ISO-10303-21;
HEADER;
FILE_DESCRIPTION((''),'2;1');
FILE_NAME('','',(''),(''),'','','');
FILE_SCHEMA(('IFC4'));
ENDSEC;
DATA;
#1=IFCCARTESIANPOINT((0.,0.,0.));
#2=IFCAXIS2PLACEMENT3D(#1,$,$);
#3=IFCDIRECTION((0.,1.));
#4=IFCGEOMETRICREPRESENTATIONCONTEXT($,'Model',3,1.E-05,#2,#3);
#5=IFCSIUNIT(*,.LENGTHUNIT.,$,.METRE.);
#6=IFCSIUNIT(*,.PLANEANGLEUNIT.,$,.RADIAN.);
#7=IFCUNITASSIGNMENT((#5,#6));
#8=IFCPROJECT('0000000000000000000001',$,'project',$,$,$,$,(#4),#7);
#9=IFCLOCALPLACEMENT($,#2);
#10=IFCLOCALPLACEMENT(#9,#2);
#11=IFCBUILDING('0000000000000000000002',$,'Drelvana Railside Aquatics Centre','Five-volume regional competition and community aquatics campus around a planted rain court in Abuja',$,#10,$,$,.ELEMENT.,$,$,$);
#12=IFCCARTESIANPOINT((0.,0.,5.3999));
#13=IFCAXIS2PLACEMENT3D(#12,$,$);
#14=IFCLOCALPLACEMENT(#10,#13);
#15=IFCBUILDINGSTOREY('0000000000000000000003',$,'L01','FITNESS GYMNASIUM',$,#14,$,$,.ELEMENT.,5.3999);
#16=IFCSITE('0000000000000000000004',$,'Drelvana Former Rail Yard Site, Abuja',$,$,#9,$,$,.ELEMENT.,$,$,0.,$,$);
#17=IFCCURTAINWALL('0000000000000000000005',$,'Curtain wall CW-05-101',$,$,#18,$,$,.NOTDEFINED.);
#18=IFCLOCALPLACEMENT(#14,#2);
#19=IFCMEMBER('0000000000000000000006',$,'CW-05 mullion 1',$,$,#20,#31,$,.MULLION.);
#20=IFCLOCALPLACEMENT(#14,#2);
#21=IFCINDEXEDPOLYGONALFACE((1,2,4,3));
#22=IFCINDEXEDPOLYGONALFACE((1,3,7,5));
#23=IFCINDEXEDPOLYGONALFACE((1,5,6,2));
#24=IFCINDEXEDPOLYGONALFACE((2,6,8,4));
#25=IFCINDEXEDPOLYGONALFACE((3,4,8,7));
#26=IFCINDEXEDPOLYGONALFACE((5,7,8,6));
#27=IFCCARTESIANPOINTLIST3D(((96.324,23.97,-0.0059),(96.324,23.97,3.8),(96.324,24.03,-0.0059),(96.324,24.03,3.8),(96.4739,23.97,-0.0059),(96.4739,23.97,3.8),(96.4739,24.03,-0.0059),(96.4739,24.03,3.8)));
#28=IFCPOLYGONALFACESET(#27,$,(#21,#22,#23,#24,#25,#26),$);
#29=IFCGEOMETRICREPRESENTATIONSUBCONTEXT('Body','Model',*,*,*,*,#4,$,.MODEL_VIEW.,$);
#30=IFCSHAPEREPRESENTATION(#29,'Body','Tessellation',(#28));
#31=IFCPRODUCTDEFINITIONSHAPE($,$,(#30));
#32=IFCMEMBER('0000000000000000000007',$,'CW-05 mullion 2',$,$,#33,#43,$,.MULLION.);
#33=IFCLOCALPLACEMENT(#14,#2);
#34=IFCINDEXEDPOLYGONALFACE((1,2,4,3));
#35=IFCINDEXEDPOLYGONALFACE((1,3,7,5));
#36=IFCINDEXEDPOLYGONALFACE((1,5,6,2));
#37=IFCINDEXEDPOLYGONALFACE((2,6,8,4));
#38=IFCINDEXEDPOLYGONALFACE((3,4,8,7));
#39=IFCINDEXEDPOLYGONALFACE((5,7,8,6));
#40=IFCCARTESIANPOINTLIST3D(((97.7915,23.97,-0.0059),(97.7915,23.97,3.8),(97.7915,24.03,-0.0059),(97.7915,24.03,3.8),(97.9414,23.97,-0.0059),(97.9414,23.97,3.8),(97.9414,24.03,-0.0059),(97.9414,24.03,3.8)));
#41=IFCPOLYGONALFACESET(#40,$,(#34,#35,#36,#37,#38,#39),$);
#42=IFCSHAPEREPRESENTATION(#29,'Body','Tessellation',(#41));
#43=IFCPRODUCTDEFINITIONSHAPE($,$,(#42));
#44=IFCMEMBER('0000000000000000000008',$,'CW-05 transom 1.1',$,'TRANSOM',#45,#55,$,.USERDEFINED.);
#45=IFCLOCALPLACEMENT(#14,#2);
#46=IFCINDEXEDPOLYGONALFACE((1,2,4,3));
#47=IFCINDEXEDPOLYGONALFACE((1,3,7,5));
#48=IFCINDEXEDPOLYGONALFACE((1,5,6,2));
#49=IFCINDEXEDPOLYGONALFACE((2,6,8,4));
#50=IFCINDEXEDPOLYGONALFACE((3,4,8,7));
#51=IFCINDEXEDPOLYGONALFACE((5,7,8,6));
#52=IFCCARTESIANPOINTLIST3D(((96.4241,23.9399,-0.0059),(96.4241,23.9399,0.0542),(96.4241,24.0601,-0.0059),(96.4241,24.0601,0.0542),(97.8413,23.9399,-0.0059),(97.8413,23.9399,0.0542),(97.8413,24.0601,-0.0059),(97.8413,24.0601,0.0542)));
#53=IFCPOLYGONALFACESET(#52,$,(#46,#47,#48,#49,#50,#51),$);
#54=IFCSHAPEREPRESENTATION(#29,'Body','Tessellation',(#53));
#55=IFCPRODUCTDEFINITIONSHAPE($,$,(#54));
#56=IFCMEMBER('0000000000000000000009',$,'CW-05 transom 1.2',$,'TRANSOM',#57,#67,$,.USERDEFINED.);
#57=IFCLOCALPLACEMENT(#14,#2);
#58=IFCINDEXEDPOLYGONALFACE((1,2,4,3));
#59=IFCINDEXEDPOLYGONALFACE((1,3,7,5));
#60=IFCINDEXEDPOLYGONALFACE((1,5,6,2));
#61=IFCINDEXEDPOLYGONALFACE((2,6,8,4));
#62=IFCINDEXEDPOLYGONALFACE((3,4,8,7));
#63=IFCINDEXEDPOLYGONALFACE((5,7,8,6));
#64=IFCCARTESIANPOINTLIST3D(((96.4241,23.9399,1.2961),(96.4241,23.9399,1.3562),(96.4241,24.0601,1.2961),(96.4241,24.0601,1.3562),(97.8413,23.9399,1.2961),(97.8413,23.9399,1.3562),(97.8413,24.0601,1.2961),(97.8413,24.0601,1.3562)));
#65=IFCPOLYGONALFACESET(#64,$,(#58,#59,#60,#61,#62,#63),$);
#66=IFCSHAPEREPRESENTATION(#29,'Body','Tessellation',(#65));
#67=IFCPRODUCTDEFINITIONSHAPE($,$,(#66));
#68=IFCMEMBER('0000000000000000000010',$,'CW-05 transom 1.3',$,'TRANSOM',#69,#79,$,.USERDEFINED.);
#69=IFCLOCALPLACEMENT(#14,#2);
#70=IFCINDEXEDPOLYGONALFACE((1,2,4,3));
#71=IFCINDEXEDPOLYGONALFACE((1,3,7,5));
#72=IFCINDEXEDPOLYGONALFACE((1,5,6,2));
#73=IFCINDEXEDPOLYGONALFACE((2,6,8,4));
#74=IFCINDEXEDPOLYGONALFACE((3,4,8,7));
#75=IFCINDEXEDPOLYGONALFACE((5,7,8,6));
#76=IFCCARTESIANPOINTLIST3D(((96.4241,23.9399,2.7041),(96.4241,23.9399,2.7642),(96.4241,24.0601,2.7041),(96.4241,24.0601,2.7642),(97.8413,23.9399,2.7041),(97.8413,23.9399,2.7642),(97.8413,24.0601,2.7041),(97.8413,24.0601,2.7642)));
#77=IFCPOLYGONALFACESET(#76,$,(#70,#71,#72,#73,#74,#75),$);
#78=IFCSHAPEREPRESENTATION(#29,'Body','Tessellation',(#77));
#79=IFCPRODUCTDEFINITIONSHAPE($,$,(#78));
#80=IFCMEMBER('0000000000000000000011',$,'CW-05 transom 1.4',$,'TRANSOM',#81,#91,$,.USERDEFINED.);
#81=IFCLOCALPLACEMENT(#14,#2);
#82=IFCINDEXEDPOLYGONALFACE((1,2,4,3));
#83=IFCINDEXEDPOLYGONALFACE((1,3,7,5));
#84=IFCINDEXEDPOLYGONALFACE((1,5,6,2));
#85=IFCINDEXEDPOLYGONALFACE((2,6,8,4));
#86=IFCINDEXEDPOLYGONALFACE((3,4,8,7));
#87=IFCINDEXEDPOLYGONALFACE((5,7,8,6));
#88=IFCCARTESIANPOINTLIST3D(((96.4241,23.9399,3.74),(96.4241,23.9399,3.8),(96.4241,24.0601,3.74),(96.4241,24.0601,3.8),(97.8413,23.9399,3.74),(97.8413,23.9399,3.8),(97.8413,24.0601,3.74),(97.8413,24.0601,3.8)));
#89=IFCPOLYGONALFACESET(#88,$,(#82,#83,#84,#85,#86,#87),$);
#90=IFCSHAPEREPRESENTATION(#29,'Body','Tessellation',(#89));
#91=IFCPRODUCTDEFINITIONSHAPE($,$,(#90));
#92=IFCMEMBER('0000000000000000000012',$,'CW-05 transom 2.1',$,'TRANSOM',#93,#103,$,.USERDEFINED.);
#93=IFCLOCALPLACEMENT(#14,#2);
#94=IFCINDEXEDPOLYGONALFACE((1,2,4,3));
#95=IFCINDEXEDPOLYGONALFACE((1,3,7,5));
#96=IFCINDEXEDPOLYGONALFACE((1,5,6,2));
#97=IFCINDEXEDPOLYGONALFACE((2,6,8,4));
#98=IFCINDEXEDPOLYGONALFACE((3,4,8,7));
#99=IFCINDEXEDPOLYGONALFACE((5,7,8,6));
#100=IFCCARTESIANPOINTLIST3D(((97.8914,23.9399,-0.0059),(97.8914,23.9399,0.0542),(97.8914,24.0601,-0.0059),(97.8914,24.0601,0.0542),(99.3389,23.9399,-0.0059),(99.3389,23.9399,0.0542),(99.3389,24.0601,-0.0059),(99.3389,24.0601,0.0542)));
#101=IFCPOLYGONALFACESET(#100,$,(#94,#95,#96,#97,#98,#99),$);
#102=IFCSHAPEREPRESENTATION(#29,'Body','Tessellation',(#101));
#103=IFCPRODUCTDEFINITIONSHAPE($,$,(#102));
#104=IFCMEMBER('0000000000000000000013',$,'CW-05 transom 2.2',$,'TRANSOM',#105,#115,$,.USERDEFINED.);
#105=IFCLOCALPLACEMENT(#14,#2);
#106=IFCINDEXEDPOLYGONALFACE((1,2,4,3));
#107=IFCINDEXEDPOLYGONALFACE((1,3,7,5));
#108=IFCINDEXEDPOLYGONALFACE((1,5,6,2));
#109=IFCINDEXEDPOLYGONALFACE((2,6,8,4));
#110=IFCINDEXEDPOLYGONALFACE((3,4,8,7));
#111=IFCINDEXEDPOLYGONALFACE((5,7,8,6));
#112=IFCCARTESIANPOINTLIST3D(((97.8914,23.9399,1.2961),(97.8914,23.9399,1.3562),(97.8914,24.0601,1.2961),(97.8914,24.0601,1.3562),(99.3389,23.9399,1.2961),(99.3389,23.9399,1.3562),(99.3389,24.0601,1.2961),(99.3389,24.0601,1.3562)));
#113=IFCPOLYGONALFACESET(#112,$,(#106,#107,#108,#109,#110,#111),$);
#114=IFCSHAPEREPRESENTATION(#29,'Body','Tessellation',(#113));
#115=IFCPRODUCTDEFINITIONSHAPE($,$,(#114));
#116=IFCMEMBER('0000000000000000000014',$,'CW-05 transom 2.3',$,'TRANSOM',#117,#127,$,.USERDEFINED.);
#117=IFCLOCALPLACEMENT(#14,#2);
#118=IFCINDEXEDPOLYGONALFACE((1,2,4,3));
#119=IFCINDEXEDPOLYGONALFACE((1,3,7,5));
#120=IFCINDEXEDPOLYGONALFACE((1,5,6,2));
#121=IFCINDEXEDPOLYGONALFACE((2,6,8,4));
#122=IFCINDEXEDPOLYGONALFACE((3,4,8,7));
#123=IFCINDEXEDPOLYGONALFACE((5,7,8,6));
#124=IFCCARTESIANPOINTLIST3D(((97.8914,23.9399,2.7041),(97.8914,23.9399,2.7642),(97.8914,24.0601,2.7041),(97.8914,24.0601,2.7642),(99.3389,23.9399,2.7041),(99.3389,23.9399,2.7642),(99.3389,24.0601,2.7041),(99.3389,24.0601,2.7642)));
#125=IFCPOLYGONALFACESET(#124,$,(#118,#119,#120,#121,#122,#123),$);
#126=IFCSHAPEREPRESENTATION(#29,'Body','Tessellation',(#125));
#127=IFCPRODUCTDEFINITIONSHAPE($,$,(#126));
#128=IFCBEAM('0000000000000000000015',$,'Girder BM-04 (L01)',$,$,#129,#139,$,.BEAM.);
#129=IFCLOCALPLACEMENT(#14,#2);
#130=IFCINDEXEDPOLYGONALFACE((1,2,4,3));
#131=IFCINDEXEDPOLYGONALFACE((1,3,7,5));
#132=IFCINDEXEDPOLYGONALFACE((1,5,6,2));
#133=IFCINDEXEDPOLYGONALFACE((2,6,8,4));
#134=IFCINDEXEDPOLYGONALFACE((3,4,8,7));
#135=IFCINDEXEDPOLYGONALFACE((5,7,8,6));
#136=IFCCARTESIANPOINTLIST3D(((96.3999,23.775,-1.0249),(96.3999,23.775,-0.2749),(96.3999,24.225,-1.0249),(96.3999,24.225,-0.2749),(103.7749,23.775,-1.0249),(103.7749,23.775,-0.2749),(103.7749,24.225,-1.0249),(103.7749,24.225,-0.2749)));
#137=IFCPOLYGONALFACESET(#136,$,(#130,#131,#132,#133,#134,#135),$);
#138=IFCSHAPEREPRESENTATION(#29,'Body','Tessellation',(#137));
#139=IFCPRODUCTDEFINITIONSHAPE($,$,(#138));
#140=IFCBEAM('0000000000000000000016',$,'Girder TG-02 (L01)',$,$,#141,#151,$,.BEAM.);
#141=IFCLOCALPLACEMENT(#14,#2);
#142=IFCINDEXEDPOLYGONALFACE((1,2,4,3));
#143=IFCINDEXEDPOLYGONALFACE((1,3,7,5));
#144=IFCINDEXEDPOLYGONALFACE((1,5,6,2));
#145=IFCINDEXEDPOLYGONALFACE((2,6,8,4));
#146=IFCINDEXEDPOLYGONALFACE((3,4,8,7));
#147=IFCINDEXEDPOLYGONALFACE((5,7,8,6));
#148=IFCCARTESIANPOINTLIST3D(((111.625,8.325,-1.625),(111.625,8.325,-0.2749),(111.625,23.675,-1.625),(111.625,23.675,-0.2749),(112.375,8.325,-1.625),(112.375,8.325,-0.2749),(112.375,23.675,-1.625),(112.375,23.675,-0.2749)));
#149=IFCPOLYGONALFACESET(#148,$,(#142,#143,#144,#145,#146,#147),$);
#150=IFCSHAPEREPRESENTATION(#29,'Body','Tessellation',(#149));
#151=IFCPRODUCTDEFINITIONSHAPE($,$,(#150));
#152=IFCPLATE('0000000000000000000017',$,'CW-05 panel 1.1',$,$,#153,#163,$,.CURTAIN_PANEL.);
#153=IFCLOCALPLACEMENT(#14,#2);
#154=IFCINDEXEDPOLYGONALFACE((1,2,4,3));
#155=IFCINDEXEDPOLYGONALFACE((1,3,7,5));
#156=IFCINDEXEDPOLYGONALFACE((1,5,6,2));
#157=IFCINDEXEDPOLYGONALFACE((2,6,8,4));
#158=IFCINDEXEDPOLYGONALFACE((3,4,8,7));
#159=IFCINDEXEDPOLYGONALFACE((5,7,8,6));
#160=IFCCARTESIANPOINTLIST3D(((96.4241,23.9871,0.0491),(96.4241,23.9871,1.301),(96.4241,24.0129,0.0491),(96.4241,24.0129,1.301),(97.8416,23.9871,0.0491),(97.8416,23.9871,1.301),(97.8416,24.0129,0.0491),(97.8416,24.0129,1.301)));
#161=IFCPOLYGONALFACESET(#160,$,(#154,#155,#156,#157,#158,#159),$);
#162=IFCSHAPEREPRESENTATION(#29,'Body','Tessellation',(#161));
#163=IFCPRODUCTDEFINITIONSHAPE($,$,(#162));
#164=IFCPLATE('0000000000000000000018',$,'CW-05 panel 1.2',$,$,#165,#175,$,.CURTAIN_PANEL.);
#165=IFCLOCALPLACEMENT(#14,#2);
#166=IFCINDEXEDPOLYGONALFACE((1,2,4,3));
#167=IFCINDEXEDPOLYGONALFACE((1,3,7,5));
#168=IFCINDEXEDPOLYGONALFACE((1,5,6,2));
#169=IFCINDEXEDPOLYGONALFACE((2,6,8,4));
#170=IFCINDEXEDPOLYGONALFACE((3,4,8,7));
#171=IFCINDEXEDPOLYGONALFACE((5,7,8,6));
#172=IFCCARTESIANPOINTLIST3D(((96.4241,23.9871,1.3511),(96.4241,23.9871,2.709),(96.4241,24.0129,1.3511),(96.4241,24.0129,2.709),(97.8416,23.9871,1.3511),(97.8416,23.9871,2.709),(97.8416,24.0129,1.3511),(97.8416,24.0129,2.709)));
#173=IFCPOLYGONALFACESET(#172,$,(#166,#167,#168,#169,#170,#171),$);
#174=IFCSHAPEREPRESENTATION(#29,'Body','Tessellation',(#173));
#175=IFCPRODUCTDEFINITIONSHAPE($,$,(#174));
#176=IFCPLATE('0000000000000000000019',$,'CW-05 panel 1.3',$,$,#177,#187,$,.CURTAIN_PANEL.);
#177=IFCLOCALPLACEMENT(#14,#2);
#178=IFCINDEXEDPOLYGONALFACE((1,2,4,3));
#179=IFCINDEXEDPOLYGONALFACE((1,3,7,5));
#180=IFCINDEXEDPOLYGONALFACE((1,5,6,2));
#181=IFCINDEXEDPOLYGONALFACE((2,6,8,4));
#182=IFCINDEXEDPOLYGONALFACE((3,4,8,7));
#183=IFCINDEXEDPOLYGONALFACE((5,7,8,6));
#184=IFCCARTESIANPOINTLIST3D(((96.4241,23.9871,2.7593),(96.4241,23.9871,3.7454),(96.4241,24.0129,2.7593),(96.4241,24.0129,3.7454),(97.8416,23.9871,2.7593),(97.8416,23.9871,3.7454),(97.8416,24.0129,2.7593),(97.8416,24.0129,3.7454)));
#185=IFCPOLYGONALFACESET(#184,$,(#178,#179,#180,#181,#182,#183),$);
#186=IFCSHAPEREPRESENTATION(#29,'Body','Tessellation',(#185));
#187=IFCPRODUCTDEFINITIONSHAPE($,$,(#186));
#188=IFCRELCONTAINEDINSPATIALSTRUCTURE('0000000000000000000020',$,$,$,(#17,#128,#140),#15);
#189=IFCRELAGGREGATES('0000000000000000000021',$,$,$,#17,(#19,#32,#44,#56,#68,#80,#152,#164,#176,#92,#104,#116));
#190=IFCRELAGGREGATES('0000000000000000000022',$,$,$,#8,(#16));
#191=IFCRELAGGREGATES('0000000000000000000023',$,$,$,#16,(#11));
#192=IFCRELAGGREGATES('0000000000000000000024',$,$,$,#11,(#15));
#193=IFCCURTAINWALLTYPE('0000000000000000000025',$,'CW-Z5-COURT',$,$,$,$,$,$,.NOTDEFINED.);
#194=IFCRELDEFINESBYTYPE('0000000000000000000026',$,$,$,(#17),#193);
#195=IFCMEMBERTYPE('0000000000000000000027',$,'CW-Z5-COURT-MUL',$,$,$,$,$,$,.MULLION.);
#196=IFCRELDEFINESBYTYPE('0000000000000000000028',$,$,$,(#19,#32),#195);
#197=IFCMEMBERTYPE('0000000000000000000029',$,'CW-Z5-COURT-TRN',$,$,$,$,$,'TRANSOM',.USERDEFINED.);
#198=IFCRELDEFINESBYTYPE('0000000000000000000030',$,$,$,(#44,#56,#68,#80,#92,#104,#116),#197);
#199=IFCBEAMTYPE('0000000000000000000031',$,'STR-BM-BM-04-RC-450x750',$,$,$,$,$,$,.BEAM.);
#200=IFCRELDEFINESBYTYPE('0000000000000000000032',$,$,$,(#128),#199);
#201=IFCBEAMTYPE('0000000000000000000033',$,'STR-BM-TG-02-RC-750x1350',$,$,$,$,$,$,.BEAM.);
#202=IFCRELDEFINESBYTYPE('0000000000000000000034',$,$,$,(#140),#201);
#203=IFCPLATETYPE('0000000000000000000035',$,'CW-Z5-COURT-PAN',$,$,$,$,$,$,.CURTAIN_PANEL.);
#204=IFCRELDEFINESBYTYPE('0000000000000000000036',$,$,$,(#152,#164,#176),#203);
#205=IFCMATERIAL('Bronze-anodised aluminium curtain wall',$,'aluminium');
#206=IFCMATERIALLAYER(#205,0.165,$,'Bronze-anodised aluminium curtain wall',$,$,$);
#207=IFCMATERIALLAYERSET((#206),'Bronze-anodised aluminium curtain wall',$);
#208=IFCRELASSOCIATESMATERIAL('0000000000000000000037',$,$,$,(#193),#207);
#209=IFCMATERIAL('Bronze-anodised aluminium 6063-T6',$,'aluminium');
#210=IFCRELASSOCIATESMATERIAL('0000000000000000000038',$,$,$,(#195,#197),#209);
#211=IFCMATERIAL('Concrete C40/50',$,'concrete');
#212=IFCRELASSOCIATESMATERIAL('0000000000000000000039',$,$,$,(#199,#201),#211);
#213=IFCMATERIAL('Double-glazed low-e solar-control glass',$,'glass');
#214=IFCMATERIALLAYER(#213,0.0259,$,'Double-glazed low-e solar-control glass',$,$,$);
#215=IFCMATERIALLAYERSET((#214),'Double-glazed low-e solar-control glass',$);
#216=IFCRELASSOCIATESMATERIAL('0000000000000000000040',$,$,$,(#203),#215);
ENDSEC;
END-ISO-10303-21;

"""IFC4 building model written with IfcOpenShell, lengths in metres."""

from ifc_helpers import new_model, si_unit, direction, frame, origin, origin_2d, place, context, subcontext, project, spatial, rectangle, extrude, material, layer, layer_set, material_profile, profile_set, type_object, element, aggregate, save


model = new_model("IFC4")

# Units and contexts
model_context = context("Model", 3, precision=1e-05, world=origin(), true_north=direction((0.0, 1.0)))
body_context = subcontext(model_context, "Body", "Model", "MODEL_VIEW")
ifc_project = project(units=[si_unit("LENGTHUNIT", "METRE"), si_unit("PLANEANGLEUNIT", "RADIAN")], contexts=[model_context])

# Site, building, storey
site_placement = place(None, origin())
site = spatial("IfcSite", under=ifc_project, at=site_placement, Name="Drelvana Former Rail Yard Site, Abuja", CompositionType="ELEMENT", RefElevation=0.0)
building_placement = place(site_placement, origin())
building = spatial("IfcBuilding", under=site, at=building_placement, Name="Drelvana Railside Aquatics Centre", Description="Five-volume regional competition and community aquatics campus around a planted rain court in Abuja", CompositionType="ELEMENT")
storey_placement = place(building_placement, frame((0.0, 0.0, 5.3999)))
storey = spatial("IfcBuildingStorey", under=building, at=storey_placement, Name="L01", Description="FITNESS GYMNASIUM", CompositionType="ELEMENT", Elevation=5.3999)

# Curtain wall, members
ifc_material_1 = material(Name="Bronze-anodised aluminium curtain wall", Category="aluminium")
ifc_layer_1 = layer(ifc_material_1, 0.165, Name="Bronze-anodised aluminium curtain wall")
ifc_layer_set_1 = layer_set([ifc_layer_1], Name="Bronze-anodised aluminium curtain wall")
curtain_wall_type = type_object("IfcCurtainWallType", Name="CW-Z5-COURT", PredefinedType="NOTDEFINED", material=ifc_layer_set_1)
curtain_wall_placement = place(storey_placement, origin())
curtain_wall = element("IfcCurtainWall", 1, at=curtain_wall_placement, inside=storey, type_object=curtain_wall_type, Name="Curtain wall CW-05-101", PredefinedType="NOTDEFINED")
ifc_material_2 = material(Name="Bronze-anodised aluminium 6063-T6", Category="aluminium")
ifc_material_profile_1 = material_profile(ifc_material_2, rectangle(XDim=0.0601, YDim=0.1499, at=origin_2d()), Name="ALU-M 60x150")
ifc_profile_set_1 = profile_set([ifc_material_profile_1], Name="Bronze-anodised aluminium 6063-T6")
member_type_1 = type_object("IfcMemberType", Name="CW-Z5-COURT-MUL", PredefinedType="MULLION", material=ifc_profile_set_1)
member_1_placement = place(storey_placement, frame((96.3989, 24.0, -0.0059), z_axis=(0.0, 0.0, 1.0), x_axis=(0.0, 1.0, 0.0)))
member_1 = element("IfcMember", 2, at=member_1_placement, type_object=member_type_1, Name="CW-05 mullion 1", PredefinedType="MULLION", context=body_context, shape_type="SweptSolid", body=[
    extrude(rectangle(XDim=0.0601, YDim=0.1499, at=origin_2d()), origin(), (0.0, 0.0, 1.0), 3.8059),
])
member_2_placement = place(storey_placement, frame((97.8665, 24.0, -0.0059), z_axis=(0.0, 0.0, 1.0), x_axis=(0.0, 1.0, 0.0)))
member_2 = element("IfcMember", 3, at=member_2_placement, type_object=member_type_1, Name="CW-05 mullion 2", PredefinedType="MULLION", context=body_context, shape_type="SweptSolid", body=[
    extrude(rectangle(XDim=0.0601, YDim=0.1499, at=origin_2d()), origin(), (0.0, 0.0, 1.0), 3.8059),
])
ifc_material_profile_2 = material_profile(ifc_material_2, rectangle(XDim=0.1201, YDim=0.0601, at=origin_2d()), Name="ALU-T 60x120")
ifc_profile_set_2 = profile_set([ifc_material_profile_2], Name="Bronze-anodised aluminium 6063-T6")
member_type_2 = type_object("IfcMemberType", Name="CW-Z5-COURT-TRN", ElementType="TRANSOM", PredefinedType="USERDEFINED", material=ifc_profile_set_2)
member_3_placement = place(storey_placement, frame((96.4241, 24.0, 0.0242), z_axis=(1.0, 0.0, 0.0), x_axis=(0.0, 1.0, 0.0)))
member_3 = element("IfcMember", 4, at=member_3_placement, type_object=member_type_2, Name="CW-05 transom 1.1", ObjectType="TRANSOM", PredefinedType="USERDEFINED", context=body_context, shape_type="SweptSolid", body=[
    extrude(rectangle(XDim=0.1201, YDim=0.0601, at=origin_2d()), origin(), (0.0, 0.0, 1.0), 1.4172),
])
member_4_placement = place(storey_placement, frame((96.4241, 24.0, 1.3262), z_axis=(1.0, 0.0, 0.0), x_axis=(0.0, 1.0, 0.0)))
member_4 = element("IfcMember", 5, at=member_4_placement, type_object=member_type_2, Name="CW-05 transom 1.2", ObjectType="TRANSOM", PredefinedType="USERDEFINED", context=body_context, shape_type="SweptSolid", body=[
    extrude(rectangle(XDim=0.1201, YDim=0.0601, at=origin_2d()), origin(), (0.0, 0.0, 1.0), 1.4172),
])
member_5_placement = place(storey_placement, frame((96.4241, 24.0, 2.7341), z_axis=(1.0, 0.0, 0.0), x_axis=(0.0, 1.0, 0.0)))
member_5 = element("IfcMember", 6, at=member_5_placement, type_object=member_type_2, Name="CW-05 transom 1.3", ObjectType="TRANSOM", PredefinedType="USERDEFINED", context=body_context, shape_type="SweptSolid", body=[
    extrude(rectangle(XDim=0.1201, YDim=0.0601, at=origin_2d()), origin(), (0.0, 0.0, 1.0), 1.4172),
])
member_6_placement = place(storey_placement, frame((96.4241, 24.0, 3.77), z_axis=(1.0, 0.0, 0.0), x_axis=(0.0, 1.0, 0.0)))
member_6 = element("IfcMember", 7, at=member_6_placement, type_object=member_type_2, Name="CW-05 transom 1.4", ObjectType="TRANSOM", PredefinedType="USERDEFINED", context=body_context, shape_type="SweptSolid", body=[
    extrude(rectangle(XDim=0.1201, YDim=0.0601, at=origin_2d()), origin(), (0.0, 0.0, 1.0), 1.4172),
])
member_7_placement = place(storey_placement, frame((97.8914, 24.0, 0.0242), z_axis=(1.0, 0.0, 0.0), x_axis=(0.0, 1.0, 0.0)))
member_7 = element("IfcMember", 8, at=member_7_placement, type_object=member_type_2, Name="CW-05 transom 2.1", ObjectType="TRANSOM", PredefinedType="USERDEFINED", context=body_context, shape_type="SweptSolid", body=[
    extrude(rectangle(XDim=0.1201, YDim=0.0601, at=origin_2d()), origin(), (0.0, 0.0, 1.0), 1.4475),
])
member_8_placement = place(storey_placement, frame((97.8914, 24.0, 1.3262), z_axis=(1.0, 0.0, 0.0), x_axis=(0.0, 1.0, 0.0)))
member_8 = element("IfcMember", 9, at=member_8_placement, type_object=member_type_2, Name="CW-05 transom 2.2", ObjectType="TRANSOM", PredefinedType="USERDEFINED", context=body_context, shape_type="SweptSolid", body=[
    extrude(rectangle(XDim=0.1201, YDim=0.0601, at=origin_2d()), origin(), (0.0, 0.0, 1.0), 1.4475),
])
member_9_placement = place(storey_placement, frame((97.8914, 24.0, 2.7341), z_axis=(1.0, 0.0, 0.0), x_axis=(0.0, 1.0, 0.0)))
member_9 = element("IfcMember", 10, at=member_9_placement, type_object=member_type_2, Name="CW-05 transom 2.3", ObjectType="TRANSOM", PredefinedType="USERDEFINED", context=body_context, shape_type="SweptSolid", body=[
    extrude(rectangle(XDim=0.1201, YDim=0.0601, at=origin_2d()), origin(), (0.0, 0.0, 1.0), 1.4475),
])

# Beams
ifc_material_3 = material(Name="Concrete C40/50", Category="concrete")
ifc_material_profile_3 = material_profile(ifc_material_3, rectangle(XDim=0.45, YDim=0.75, at=origin_2d()), Name="RC 450x750")
ifc_profile_set_3 = profile_set([ifc_material_profile_3], Name="Concrete C40/50")
beam_type_1 = type_object("IfcBeamType", Name="STR-BM-BM-04-RC-450x750", PredefinedType="BEAM", material=ifc_profile_set_3)
beam_1_placement = place(storey_placement, frame((96.3999, 24.0, -0.6499), z_axis=(1.0, 0.0, 0.0), x_axis=(0.0, 1.0, 0.0)))
element("IfcBeam", 11, at=beam_1_placement, inside=storey, type_object=beam_type_1, Name="Girder BM-04 (L01)", PredefinedType="BEAM", context=body_context, shape_type="SweptSolid", body=[
    extrude(rectangle(XDim=0.45, YDim=0.75, at=origin_2d()), origin(), (0.0, 0.0, 1.0), 7.375),
])
ifc_material_profile_4 = material_profile(ifc_material_3, rectangle(XDim=0.75, YDim=1.3501, at=origin_2d()), Name="RC 750x1350")
ifc_profile_set_4 = profile_set([ifc_material_profile_4], Name="Concrete C40/50")
beam_type_2 = type_object("IfcBeamType", Name="STR-BM-TG-02-RC-750x1350", PredefinedType="BEAM", material=ifc_profile_set_4)
beam_2_placement = place(storey_placement, frame((112.0, 8.325, -0.95), z_axis=(0.0, 1.0, 0.0), x_axis=(-1.0, 0.0, 0.0)))
element("IfcBeam", 12, at=beam_2_placement, inside=storey, type_object=beam_type_2, Name="Girder TG-02 (L01)", PredefinedType="BEAM", context=body_context, shape_type="SweptSolid", body=[
    extrude(rectangle(XDim=0.75, YDim=1.3501, at=origin_2d()), origin(), (0.0, 0.0, 1.0), 15.3501),
])

# Plates
ifc_material_4 = material(Name="Double-glazed low-e solar-control glass", Category="glass")
ifc_layer_2 = layer(ifc_material_4, 0.0259, Name="Double-glazed low-e solar-control glass")
ifc_layer_set_2 = layer_set([ifc_layer_2], Name="Double-glazed low-e solar-control glass")
plate_type = type_object("IfcPlateType", Name="CW-Z5-COURT-PAN", PredefinedType="CURTAIN_PANEL", material=ifc_layer_set_2)
plate_1_placement = place(storey_placement, frame((97.1328, 24.0, 0.0491), z_axis=(0.0, 0.0, 1.0), x_axis=(1.0, 0.0, 0.0)))
plate_1 = element("IfcPlate", 13, at=plate_1_placement, type_object=plate_type, Name="CW-05 panel 1.1", PredefinedType="CURTAIN_PANEL", context=body_context, shape_type="SweptSolid", body=[
    extrude(rectangle(XDim=1.4175, YDim=0.0259, at=origin_2d()), origin(), (0.0, 0.0, 1.0), 1.252),
])
plate_2_placement = place(storey_placement, frame((97.1328, 24.0, 1.3511), z_axis=(0.0, 0.0, 1.0), x_axis=(1.0, 0.0, 0.0)))
plate_2 = element("IfcPlate", 14, at=plate_2_placement, type_object=plate_type, Name="CW-05 panel 1.2", PredefinedType="CURTAIN_PANEL", context=body_context, shape_type="SweptSolid", body=[
    extrude(rectangle(XDim=1.4175, YDim=0.0259, at=origin_2d()), origin(), (0.0, 0.0, 1.0), 1.3579),
])
plate_3_placement = place(storey_placement, frame((97.1328, 24.0, 2.7593), z_axis=(0.0, 0.0, 1.0), x_axis=(1.0, 0.0, 0.0)))
plate_3 = element("IfcPlate", 15, at=plate_3_placement, type_object=plate_type, Name="CW-05 panel 1.3", PredefinedType="CURTAIN_PANEL", context=body_context, shape_type="SweptSolid", body=[
    extrude(rectangle(XDim=1.4175, YDim=0.0259, at=origin_2d()), origin(), (0.0, 0.0, 1.0), 0.9861),
])
aggregate(curtain_wall, [member_1, member_2, member_3, member_4, member_5, member_6, plate_1, plate_2, plate_3, member_7, member_8, member_9])

save(model, "model.ifc")
